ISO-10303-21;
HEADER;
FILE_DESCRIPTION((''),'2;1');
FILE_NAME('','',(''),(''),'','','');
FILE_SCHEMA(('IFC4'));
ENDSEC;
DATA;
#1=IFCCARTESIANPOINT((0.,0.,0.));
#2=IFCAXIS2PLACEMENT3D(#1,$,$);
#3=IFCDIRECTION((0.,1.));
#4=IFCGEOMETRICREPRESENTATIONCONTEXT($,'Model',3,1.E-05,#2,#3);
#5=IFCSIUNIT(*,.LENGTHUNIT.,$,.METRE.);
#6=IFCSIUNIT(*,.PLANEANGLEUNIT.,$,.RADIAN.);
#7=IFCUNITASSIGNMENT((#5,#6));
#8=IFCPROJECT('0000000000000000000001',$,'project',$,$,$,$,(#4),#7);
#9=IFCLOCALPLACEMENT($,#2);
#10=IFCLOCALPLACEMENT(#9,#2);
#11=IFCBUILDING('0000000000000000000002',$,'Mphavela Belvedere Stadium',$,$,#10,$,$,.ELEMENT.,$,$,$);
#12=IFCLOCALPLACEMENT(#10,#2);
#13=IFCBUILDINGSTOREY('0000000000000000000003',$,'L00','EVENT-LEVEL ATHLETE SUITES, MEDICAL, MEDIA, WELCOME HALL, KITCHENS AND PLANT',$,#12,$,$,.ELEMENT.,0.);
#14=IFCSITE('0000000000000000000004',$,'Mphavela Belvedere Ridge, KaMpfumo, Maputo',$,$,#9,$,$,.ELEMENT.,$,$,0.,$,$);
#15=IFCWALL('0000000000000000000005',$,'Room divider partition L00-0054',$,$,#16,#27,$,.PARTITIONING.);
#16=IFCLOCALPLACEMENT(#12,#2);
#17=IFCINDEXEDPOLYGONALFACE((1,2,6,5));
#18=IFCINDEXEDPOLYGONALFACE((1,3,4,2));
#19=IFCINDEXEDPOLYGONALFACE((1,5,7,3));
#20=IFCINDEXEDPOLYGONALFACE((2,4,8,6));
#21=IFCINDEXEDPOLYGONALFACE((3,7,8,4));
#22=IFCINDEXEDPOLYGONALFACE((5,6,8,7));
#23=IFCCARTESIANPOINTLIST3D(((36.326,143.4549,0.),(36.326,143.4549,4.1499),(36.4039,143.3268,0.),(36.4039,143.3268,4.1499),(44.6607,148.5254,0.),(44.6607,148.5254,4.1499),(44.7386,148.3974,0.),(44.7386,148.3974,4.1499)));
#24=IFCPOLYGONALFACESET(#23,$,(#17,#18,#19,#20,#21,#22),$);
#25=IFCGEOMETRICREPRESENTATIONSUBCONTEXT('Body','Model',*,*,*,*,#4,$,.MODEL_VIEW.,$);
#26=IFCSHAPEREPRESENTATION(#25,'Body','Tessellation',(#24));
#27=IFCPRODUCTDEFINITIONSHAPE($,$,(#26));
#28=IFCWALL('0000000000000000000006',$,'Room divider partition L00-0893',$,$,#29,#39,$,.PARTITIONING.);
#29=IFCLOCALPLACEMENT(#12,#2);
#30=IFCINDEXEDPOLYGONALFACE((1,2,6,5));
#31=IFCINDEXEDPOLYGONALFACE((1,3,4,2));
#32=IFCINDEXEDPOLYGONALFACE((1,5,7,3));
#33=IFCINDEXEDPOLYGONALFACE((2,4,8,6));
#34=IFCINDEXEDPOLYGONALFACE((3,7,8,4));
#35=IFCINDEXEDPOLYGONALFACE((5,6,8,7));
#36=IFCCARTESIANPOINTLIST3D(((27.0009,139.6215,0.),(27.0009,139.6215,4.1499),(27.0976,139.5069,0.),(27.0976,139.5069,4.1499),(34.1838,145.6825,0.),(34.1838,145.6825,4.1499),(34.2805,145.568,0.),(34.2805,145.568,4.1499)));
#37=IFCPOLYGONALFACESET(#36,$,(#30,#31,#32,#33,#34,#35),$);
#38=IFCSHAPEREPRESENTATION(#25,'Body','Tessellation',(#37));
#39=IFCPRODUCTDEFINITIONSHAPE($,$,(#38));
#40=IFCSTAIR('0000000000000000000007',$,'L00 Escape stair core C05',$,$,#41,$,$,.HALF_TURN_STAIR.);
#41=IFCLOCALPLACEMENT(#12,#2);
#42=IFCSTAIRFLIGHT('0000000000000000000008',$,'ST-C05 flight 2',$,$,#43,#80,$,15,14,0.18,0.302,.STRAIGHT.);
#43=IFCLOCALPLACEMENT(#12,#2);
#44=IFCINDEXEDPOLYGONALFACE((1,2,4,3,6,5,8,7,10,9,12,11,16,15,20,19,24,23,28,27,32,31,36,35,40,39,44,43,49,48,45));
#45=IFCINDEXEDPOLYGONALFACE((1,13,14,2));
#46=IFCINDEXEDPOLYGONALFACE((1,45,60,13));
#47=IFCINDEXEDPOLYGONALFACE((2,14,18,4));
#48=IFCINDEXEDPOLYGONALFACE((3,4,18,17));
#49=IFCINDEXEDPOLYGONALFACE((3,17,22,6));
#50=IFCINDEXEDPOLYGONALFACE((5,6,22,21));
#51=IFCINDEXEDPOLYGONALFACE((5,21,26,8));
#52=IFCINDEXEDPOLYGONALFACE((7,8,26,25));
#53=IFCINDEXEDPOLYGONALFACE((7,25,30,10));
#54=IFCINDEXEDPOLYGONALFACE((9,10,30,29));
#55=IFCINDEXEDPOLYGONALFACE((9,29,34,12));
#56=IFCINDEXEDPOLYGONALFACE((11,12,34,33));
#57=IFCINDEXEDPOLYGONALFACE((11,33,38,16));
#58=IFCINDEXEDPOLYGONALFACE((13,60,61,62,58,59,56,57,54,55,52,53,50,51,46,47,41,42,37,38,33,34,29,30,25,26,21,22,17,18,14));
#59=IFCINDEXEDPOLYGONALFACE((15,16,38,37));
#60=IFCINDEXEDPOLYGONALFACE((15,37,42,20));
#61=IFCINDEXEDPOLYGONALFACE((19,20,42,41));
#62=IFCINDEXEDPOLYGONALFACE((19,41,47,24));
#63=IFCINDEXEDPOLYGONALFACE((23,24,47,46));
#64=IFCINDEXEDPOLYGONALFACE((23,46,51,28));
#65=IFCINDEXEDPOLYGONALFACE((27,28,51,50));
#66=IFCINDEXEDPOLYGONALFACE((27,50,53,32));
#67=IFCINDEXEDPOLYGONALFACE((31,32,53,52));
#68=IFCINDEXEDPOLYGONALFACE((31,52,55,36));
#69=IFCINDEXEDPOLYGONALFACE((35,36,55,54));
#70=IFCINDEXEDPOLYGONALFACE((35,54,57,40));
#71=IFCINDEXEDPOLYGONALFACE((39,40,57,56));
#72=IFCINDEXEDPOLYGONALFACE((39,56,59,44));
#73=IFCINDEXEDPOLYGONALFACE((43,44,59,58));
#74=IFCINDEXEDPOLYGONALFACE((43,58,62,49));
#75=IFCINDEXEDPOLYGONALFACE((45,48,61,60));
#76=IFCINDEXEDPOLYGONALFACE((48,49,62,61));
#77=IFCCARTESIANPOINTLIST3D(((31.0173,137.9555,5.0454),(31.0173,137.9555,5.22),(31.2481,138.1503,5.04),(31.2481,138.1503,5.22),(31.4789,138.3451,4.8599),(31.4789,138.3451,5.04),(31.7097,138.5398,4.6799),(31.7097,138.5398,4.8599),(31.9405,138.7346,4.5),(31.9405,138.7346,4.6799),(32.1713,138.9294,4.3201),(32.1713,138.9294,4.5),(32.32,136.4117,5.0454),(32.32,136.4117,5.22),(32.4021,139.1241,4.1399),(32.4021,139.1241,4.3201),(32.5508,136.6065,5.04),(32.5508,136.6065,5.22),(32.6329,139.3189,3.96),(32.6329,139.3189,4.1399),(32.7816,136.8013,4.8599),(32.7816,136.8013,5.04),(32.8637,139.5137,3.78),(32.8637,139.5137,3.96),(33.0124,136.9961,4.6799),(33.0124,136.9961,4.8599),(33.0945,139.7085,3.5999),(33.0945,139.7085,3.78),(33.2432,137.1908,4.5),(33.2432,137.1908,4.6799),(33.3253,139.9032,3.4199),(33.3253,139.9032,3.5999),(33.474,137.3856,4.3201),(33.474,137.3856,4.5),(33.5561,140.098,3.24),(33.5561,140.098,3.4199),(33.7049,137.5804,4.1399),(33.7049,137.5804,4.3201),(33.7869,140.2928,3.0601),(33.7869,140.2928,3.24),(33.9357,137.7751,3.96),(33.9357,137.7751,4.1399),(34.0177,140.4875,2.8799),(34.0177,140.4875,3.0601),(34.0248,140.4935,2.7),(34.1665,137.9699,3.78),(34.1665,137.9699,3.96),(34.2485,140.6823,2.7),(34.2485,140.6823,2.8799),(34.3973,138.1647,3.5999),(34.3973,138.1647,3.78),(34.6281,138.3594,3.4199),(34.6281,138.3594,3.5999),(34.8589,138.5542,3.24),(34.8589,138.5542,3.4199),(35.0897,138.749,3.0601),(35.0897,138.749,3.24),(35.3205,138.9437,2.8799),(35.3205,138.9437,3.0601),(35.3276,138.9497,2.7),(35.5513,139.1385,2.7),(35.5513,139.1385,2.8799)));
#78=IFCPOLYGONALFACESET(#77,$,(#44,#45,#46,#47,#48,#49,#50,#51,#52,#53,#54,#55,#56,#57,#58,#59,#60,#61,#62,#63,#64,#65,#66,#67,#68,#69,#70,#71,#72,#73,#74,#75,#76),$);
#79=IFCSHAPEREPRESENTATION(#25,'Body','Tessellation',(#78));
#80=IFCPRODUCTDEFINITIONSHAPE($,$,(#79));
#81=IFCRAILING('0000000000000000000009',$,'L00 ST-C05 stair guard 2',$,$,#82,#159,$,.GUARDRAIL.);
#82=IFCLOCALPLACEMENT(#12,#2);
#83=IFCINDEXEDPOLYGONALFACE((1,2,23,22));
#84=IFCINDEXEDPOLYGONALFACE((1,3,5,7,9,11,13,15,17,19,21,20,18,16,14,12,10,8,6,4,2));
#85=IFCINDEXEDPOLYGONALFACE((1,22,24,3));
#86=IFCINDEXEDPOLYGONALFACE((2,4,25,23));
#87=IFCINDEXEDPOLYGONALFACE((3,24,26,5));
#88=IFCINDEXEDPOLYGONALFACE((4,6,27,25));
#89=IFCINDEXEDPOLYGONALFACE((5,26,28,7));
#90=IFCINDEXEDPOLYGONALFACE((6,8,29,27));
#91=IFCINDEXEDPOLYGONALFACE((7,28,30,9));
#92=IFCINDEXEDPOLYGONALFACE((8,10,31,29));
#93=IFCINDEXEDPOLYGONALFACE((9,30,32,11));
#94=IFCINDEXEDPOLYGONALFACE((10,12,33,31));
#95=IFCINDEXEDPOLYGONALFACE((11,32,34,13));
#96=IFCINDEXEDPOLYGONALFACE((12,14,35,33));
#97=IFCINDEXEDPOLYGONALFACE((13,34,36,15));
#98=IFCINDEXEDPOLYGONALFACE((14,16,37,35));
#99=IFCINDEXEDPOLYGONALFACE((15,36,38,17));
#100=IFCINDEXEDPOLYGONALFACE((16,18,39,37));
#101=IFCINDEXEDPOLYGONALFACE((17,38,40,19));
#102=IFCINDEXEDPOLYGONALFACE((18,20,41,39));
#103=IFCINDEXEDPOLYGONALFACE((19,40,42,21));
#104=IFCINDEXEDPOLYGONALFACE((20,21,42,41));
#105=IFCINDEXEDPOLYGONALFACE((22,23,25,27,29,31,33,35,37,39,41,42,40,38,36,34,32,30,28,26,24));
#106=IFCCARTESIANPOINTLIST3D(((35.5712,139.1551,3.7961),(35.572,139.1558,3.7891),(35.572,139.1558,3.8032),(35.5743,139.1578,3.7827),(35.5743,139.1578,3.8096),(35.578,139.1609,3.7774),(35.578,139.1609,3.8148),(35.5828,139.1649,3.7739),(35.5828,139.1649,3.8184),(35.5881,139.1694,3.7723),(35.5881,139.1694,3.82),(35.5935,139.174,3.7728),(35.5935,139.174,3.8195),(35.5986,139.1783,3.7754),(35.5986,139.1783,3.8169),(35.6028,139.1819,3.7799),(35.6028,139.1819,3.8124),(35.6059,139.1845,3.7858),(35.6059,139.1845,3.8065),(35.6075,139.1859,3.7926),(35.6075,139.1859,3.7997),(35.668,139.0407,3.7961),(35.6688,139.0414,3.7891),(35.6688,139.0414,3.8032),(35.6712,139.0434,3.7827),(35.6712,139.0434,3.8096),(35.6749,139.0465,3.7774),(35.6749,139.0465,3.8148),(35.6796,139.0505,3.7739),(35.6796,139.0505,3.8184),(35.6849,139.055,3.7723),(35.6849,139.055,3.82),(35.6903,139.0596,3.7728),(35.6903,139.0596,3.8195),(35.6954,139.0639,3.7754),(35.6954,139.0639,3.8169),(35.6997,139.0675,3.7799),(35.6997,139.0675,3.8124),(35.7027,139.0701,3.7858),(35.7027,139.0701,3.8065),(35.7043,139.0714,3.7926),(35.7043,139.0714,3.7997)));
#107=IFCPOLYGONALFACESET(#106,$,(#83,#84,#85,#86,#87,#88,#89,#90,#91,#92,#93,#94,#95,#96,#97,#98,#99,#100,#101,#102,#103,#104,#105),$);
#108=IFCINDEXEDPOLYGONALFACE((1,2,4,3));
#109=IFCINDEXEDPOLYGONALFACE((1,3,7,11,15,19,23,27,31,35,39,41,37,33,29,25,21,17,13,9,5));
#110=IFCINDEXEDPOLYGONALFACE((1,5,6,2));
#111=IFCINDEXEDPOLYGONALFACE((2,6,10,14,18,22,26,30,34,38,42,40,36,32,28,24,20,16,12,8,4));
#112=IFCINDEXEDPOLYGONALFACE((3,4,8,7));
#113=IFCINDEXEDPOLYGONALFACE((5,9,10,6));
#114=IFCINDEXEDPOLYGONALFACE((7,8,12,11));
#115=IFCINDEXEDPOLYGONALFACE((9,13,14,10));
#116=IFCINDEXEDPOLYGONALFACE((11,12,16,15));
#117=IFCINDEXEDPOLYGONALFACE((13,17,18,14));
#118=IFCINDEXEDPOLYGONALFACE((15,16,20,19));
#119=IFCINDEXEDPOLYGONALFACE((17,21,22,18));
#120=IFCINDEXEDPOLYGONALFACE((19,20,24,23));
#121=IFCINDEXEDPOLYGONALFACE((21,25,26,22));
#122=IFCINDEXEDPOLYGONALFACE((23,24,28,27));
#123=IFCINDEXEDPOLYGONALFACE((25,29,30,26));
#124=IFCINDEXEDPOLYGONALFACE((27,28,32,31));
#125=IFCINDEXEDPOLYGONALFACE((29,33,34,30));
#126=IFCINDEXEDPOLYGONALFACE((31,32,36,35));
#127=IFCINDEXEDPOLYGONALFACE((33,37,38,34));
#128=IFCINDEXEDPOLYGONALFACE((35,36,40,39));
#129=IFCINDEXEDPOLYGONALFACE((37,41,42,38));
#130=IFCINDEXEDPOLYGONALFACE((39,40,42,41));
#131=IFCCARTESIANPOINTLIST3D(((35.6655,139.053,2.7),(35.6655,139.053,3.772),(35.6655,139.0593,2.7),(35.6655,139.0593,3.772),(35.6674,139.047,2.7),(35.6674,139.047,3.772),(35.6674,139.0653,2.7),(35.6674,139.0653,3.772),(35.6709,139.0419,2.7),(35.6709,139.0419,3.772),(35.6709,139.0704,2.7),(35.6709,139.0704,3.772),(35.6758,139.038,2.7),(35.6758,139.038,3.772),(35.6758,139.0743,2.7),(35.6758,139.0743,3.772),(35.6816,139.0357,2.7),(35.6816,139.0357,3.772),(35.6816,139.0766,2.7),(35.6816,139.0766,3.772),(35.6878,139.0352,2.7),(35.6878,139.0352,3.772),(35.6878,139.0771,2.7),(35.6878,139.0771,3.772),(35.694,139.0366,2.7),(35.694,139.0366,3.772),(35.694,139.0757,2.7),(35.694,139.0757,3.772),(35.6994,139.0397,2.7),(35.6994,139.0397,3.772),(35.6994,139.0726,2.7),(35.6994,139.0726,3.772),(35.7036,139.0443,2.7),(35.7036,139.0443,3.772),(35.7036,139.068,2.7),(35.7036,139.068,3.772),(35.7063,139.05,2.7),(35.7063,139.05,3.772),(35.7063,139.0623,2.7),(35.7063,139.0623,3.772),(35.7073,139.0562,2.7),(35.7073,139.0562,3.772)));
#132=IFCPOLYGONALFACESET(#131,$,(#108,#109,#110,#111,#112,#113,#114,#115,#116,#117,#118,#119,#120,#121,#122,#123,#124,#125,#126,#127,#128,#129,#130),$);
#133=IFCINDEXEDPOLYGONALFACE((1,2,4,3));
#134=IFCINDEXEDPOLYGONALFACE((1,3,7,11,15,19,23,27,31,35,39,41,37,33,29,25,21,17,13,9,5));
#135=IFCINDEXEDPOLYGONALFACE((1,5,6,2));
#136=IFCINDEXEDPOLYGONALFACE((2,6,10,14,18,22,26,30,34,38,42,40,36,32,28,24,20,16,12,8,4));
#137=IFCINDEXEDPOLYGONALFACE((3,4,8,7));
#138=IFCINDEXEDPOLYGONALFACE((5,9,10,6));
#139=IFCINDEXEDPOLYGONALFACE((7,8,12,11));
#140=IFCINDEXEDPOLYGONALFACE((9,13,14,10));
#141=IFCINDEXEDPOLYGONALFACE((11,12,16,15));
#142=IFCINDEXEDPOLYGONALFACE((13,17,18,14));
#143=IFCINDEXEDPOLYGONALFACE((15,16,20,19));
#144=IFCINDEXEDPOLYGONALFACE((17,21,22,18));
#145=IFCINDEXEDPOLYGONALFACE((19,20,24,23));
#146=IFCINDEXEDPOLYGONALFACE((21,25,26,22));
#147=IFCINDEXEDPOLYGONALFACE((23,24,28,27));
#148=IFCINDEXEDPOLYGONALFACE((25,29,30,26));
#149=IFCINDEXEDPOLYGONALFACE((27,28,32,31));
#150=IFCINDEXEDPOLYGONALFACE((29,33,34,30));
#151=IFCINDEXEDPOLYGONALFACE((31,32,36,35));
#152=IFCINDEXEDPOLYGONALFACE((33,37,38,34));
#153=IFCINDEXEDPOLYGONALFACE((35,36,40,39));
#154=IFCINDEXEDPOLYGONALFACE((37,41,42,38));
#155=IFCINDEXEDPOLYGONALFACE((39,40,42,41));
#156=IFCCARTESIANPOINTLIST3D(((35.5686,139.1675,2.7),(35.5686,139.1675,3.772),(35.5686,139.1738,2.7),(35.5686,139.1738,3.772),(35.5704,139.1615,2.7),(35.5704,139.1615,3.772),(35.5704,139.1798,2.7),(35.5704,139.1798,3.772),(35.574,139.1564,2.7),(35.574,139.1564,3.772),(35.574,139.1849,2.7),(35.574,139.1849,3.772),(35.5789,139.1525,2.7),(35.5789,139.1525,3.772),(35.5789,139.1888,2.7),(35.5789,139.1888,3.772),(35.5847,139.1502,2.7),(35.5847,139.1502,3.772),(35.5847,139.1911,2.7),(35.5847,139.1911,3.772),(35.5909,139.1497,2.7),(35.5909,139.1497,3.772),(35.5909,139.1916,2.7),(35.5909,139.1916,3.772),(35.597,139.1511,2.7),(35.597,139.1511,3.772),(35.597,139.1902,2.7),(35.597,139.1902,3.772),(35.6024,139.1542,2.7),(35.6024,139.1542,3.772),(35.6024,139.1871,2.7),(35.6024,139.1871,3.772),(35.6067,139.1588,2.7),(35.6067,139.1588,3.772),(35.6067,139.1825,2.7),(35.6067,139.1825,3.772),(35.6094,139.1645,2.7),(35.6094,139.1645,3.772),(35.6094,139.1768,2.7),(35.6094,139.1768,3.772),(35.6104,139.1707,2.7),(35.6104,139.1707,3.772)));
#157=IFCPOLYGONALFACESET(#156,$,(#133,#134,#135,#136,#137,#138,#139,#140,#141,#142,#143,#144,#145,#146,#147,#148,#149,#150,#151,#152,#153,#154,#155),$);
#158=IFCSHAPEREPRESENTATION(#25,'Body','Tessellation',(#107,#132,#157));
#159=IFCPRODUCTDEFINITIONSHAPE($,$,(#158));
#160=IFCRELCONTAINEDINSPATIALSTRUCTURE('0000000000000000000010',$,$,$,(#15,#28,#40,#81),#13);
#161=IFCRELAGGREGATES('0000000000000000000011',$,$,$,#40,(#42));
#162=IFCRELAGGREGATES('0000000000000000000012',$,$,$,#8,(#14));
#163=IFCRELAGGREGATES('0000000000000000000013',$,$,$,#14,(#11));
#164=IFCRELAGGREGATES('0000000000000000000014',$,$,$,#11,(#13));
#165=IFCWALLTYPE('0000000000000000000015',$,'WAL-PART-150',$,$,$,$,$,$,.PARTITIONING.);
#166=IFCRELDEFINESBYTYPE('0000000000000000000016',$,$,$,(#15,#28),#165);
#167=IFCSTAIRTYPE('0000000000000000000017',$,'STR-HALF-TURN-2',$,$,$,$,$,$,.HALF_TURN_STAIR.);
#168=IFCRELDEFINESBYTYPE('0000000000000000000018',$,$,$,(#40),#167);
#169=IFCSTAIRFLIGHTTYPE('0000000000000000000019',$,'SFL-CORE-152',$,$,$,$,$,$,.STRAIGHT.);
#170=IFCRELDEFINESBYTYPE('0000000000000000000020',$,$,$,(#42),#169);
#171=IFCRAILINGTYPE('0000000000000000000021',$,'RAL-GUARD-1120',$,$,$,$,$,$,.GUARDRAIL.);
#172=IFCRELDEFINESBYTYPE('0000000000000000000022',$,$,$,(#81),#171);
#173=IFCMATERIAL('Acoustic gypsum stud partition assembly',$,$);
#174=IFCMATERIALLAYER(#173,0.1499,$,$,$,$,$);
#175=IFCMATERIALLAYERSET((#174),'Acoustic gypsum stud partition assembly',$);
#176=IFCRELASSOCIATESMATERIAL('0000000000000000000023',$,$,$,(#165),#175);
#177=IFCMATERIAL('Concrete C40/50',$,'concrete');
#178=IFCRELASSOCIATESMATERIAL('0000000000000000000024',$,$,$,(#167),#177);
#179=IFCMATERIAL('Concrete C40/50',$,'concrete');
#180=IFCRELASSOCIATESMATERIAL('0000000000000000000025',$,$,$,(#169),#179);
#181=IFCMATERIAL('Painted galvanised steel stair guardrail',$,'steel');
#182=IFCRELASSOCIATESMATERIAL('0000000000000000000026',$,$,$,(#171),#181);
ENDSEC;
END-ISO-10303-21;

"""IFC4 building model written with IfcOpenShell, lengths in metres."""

from ifc_helpers import new_model, si_unit, direction, frame, frame_2d, origin, origin_2d, place, context, subcontext, project, spatial, polyline, rectangle, circle, outline, extrude, material, layer, layer_set, type_object, element, aggregate, save


model = new_model("IFC4")

# Units and contexts
model_context = context("Model", 3, precision=1e-05, world=origin(), true_north=direction((0.0, 1.0)))
body_context = subcontext(model_context, "Body", "Model", "MODEL_VIEW")
ifc_project = project(units=[si_unit("LENGTHUNIT", "METRE"), si_unit("PLANEANGLEUNIT", "RADIAN")], contexts=[model_context])

# Site, building, storey
site_placement = place(None, origin())
site = spatial("IfcSite", under=ifc_project, at=site_placement, Name="Mphavela Belvedere Ridge, KaMpfumo, Maputo", CompositionType="ELEMENT", RefElevation=0.0)
building_placement = place(site_placement, origin())
building = spatial("IfcBuilding", under=site, at=building_placement, Name="Mphavela Belvedere Stadium", CompositionType="ELEMENT")
storey_placement = place(building_placement, origin())
storey = spatial("IfcBuildingStorey", under=building, at=storey_placement, Name="L00", Description="EVENT-LEVEL ATHLETE SUITES, MEDICAL, MEDIA, WELCOME HALL, KITCHENS AND PLANT", CompositionType="ELEMENT", Elevation=0.0)

# Walls
ifc_material_1 = material(Name="Acoustic gypsum stud partition assembly")
ifc_layer_1 = layer(ifc_material_1, 0.1499)
ifc_layer_set_1 = layer_set([ifc_layer_1], Name="Acoustic gypsum stud partition assembly")
wall_type_1 = type_object("IfcWallType", Name="WAL-PART-150", PredefinedType="PARTITIONING", material=ifc_layer_set_1)
wall_1_placement = place(storey_placement, frame((36.365, 143.3909, 0.0), z_axis=(0.0, 0.0, 1.0), x_axis=(0.854324, 0.519741, 0.0)))
element("IfcWall", 1, at=wall_1_placement, inside=storey, type_object=wall_type_1, Name="Room divider partition L00-0054", PredefinedType="PARTITIONING", context=body_context, shape_type="SweptSolid", body=[
    extrude(rectangle(XDim=9.7559, YDim=0.1499, at=frame_2d((4.8779, 0.0))), origin(), (0.0, 0.0, 1.0), 4.1499),
])
wall_2_placement = place(storey_placement, frame((34.2322, 145.6252, 0.0), z_axis=(0.0, 0.0, 1.0), x_axis=(-0.764265, -0.644902, 0.0)))
element("IfcWall", 2, at=wall_2_placement, inside=storey, type_object=wall_type_1, Name="Room divider partition L00-0893", PredefinedType="PARTITIONING", context=body_context, shape_type="SweptSolid", body=[
    extrude(rectangle(XDim=9.3984, YDim=0.1499, at=frame_2d((4.6992, 0.0))), origin(), (0.0, 0.0, 1.0), 4.1499),
])

# Stair, stair flight
ifc_material_2 = material(Name="Concrete C40/50", Category="concrete")
stair_type = type_object("IfcStairType", Name="STR-HALF-TURN-2", PredefinedType="HALF_TURN_STAIR", material=ifc_material_2)
stair_placement = place(storey_placement, origin())
stair = element("IfcStair", 3, at=stair_placement, inside=storey, type_object=stair_type, Name="L00 Escape stair core C05", PredefinedType="HALF_TURN_STAIR")
ifc_material_3 = material(Name="Concrete C40/50", Category="concrete")
stair_flight_type = type_object("IfcStairFlightType", Name="SFL-CORE-152", PredefinedType="STRAIGHT", material=ifc_material_3)
stair_flight_placement = place(storey_placement, frame((34.8999, 139.9104, 2.7), z_axis=(0.0, 0.0, 1.0), x_axis=(-0.764246, -0.644924, 0.0)))
stair_flight = element("IfcStairFlight", 4, at=stair_flight_placement, type_object=stair_flight_type, Name="ST-C05 flight 2", NumberOfRisers=15, NumberOfTreads=14, PredefinedType="STRAIGHT", RiserHeight=0.18, TreadLength=0.302, context=body_context, shape_type="SweptSolid", body=[
    extrude(outline(polyline([(0.0, 0.0), (0.0, 0.1799), (0.302, 0.1799), (0.302, 0.3601), (0.604, 0.3601), (0.604, 0.54), (0.906, 0.54), (0.906, 0.72), (1.208, 0.72), (1.208, 0.8999), (1.51, 0.8999), (1.51, 1.0801), (1.812, 1.0801), (1.812, 1.26), (2.114, 1.26), (2.114, 1.4399), (2.416, 1.4399), (2.416, 1.6201), (2.718, 1.6201), (2.718, 1.8), (3.02, 1.8), (3.02, 1.98), (3.322, 1.98), (3.322, 2.1599), (3.624, 2.1599), (3.624, 2.3401), (3.926, 2.3401), (3.926, 2.52), (4.228, 2.52), (4.228, 2.7), (4.228, 2.3455), (0.2927, 0.0), (0.0, 0.0)])), frame((0.0, 1.01, 0.0), z_axis=(0.0, -1.0, 0.0), x_axis=(1.0, 0.0, 0.0)), (0.0, 0.0, 1.0), 2.02),
])
aggregate(stair, [stair_flight])

# Railing
ifc_material_4 = material(Name="Painted galvanised steel stair guardrail", Category="steel")
railing_type_1 = type_object("IfcRailingType", Name="RAL-GUARD-1120", PredefinedType="GUARDRAIL", material=ifc_material_4)
railing_1_placement = place(storey_placement, frame((35.6863, 139.0562, 2.7)))
element("IfcRailing", 5, at=railing_1_placement, inside=storey, type_object=railing_type_1, Name="L00 ST-C05 stair guard 2", PredefinedType="GUARDRAIL", context=body_context, shape_type="SweptSolid", body=[
    extrude(circle(Radius=0.0239, at=origin_2d()), frame((0.0, 0.0, 1.0962), z_axis=(-0.646088, 0.763263, 0.0), x_axis=(-0.763263, -0.646088, 0.0)), (0.0, 0.0, 1.0), 0.1499),
    extrude(circle(Radius=0.021, at=origin_2d()), origin(), (0.0, 0.0, 1.0), 1.072),
    extrude(circle(Radius=0.021, at=origin_2d()), frame((-0.0969, 0.1145, 0.0)), (0.0, 0.0, 1.0), 1.072),
])

save(model, "model.ifc")
